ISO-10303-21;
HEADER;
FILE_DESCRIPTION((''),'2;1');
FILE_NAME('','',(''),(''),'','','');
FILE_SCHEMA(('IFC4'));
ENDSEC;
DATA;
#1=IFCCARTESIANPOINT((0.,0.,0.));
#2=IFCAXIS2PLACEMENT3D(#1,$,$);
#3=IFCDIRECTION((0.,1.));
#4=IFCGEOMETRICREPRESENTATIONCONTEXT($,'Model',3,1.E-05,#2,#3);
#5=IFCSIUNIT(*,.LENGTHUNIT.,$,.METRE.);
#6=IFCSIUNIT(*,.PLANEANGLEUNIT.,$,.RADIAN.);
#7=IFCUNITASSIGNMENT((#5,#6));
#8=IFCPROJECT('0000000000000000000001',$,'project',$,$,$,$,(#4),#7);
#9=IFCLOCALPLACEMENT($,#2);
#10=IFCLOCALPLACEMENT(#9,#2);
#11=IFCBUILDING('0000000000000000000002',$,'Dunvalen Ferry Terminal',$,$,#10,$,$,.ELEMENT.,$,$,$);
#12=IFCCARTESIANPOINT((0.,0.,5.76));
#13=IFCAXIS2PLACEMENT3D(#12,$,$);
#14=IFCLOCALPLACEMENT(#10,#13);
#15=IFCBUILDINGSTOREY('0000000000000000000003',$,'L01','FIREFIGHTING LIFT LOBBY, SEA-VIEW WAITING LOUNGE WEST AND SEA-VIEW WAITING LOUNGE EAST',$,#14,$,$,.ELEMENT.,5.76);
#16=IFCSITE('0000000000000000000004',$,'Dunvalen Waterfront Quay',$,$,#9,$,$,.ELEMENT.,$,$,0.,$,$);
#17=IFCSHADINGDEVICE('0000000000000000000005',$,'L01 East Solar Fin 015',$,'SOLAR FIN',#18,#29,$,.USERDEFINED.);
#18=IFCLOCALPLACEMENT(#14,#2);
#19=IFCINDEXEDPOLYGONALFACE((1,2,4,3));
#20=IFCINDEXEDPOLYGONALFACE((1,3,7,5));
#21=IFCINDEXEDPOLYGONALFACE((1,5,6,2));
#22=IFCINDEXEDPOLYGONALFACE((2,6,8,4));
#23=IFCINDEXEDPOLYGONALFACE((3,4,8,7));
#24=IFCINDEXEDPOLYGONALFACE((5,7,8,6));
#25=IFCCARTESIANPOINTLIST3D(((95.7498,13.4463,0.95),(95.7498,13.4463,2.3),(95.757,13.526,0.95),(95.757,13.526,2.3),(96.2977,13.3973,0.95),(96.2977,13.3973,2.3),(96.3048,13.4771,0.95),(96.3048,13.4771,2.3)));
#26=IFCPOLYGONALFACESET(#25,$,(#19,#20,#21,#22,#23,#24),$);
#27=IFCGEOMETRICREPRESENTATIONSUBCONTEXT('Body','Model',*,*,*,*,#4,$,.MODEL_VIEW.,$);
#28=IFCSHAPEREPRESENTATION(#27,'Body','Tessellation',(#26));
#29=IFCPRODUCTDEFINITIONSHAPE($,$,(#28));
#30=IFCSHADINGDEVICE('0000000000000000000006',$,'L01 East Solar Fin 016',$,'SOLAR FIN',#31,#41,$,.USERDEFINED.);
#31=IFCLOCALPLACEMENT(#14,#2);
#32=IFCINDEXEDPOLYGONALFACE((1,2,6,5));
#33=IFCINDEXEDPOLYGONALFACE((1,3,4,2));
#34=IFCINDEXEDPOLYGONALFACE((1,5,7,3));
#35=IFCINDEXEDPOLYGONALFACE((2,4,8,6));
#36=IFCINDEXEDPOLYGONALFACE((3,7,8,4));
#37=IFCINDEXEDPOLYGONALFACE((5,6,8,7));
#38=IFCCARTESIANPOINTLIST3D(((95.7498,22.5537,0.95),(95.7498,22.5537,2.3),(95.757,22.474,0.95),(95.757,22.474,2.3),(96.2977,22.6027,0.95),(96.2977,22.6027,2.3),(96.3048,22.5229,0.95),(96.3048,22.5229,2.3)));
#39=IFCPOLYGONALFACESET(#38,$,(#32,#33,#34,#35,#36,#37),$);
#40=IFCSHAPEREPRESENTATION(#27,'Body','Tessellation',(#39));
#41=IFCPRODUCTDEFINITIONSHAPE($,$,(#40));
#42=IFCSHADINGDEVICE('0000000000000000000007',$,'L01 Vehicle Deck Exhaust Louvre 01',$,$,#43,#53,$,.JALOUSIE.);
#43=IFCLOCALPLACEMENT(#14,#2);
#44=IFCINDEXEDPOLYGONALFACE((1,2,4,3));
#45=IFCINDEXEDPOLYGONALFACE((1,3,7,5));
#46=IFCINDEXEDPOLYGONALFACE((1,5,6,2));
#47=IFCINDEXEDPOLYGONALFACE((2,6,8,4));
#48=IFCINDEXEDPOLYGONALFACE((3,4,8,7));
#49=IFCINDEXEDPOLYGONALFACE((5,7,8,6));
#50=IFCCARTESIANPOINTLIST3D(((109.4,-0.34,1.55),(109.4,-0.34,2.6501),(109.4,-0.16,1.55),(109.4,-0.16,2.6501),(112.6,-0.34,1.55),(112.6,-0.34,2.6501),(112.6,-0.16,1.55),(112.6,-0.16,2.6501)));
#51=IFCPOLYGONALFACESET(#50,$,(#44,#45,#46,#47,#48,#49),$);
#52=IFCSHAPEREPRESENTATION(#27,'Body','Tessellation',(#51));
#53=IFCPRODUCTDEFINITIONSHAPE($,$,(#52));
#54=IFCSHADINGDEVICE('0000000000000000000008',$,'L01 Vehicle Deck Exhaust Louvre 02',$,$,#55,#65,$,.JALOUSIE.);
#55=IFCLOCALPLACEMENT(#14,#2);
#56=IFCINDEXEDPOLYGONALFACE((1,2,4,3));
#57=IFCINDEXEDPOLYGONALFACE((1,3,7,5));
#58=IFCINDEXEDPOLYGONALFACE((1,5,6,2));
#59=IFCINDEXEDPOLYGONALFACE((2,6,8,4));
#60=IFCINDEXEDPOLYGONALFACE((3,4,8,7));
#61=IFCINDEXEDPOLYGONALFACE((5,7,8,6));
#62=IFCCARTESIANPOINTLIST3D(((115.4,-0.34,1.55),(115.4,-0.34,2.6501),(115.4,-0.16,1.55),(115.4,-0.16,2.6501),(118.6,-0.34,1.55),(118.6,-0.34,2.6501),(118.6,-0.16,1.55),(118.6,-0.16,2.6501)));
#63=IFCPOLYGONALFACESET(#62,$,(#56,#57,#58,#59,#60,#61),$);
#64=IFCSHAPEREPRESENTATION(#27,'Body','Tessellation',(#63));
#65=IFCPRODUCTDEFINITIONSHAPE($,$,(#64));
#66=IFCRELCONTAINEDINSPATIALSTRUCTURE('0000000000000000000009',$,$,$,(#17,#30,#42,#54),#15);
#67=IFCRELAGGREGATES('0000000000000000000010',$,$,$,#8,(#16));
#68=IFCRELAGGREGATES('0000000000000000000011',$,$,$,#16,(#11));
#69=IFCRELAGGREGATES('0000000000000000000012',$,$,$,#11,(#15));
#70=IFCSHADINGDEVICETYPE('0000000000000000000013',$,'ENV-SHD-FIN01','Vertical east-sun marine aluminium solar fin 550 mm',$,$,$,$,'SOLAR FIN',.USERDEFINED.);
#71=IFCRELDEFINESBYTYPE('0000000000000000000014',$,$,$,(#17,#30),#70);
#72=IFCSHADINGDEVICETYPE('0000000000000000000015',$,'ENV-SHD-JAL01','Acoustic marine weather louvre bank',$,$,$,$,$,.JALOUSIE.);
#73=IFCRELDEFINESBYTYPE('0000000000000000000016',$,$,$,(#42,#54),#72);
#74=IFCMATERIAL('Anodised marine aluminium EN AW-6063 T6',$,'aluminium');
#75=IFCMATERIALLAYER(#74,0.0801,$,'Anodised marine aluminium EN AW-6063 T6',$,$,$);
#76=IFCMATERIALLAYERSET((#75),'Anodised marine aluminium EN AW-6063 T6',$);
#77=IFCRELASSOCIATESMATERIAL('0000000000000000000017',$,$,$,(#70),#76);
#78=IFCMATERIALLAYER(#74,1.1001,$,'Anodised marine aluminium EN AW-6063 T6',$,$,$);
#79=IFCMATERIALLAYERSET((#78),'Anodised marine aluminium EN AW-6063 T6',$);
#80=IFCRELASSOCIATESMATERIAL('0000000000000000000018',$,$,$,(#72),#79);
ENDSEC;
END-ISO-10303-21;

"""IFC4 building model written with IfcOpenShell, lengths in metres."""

from ifc_helpers import new_model, si_unit, direction, frame, origin, origin_2d, place, context, subcontext, project, spatial, rectangle, extrude, material, layer, layer_set, type_object, element, save


model = new_model("IFC4")

# Units and contexts
model_context = context("Model", 3, precision=1e-05, world=origin(), true_north=direction((0.0, 1.0)))
body_context = subcontext(model_context, "Body", "Model", "MODEL_VIEW")
ifc_project = project(units=[si_unit("LENGTHUNIT", "METRE"), si_unit("PLANEANGLEUNIT", "RADIAN")], contexts=[model_context])

# Site, building, storey
site_placement = place(None, origin())
site = spatial("IfcSite", under=ifc_project, at=site_placement, Name="Dunvalen Waterfront Quay", CompositionType="ELEMENT", RefElevation=0.0)
building_placement = place(site_placement, origin())
building = spatial("IfcBuilding", under=site, at=building_placement, Name="Dunvalen Ferry Terminal", CompositionType="ELEMENT")
storey_placement = place(building_placement, frame((0.0, 0.0, 5.76)))
storey = spatial("IfcBuildingStorey", under=building, at=storey_placement, Name="L01", Description="FIREFIGHTING LIFT LOBBY, SEA-VIEW WAITING LOUNGE WEST AND SEA-VIEW WAITING LOUNGE EAST", CompositionType="ELEMENT", Elevation=5.76)

# Shading devices
ifc_material_1 = material(Name="Anodised marine aluminium EN AW-6063 T6", Category="aluminium")
ifc_layer_1 = layer(ifc_material_1, 0.0801, Name="Anodised marine aluminium EN AW-6063 T6")
ifc_layer_set_1 = layer_set([ifc_layer_1], Name="Anodised marine aluminium EN AW-6063 T6")
shading_device_type_1 = type_object("IfcShadingDeviceType", Name="ENV-SHD-FIN01", Description="Vertical east-sun marine aluminium solar fin 550 mm", ElementType="SOLAR FIN", PredefinedType="USERDEFINED", material=ifc_layer_set_1)
for number, where, z_axis, x_axis, name in (
    (1, (96.0273, 13.4617, 0.95), (0.0, 0.0, 1.0), (0.088957, 0.996035, 0.0), "L01 East Solar Fin 015"),
    (2, (96.0273, 22.5383, 0.95), (0.0, 0.0, 1.0), (-0.088957, 0.996035, 0.0), "L01 East Solar Fin 016"),
):
    element("IfcShadingDevice", number, at=place(storey_placement, frame(where, z_axis=z_axis, x_axis=x_axis)), inside=storey, type_object=shading_device_type_1, Name=name, ObjectType="SOLAR FIN", PredefinedType="USERDEFINED", context=body_context, shape_type="SweptSolid", body=[
        extrude(rectangle(XDim=0.0801, YDim=0.55, at=origin_2d()), origin(), (0.0, 0.0, 1.0), 1.3501),
    ])
ifc_layer_2 = layer(ifc_material_1, 1.1001, Name="Anodised marine aluminium EN AW-6063 T6")
ifc_layer_set_2 = layer_set([ifc_layer_2], Name="Anodised marine aluminium EN AW-6063 T6")
shading_device_type_2 = type_object("IfcShadingDeviceType", Name="ENV-SHD-JAL01", Description="Acoustic marine weather louvre bank", PredefinedType="JALOUSIE", material=ifc_layer_set_2)
for number, where, z_axis, x_axis, name in (
    (3, (111.0, -0.25, 1.55), (0.0, 0.0, 1.0), (1.0, 0.0, 0.0), "L01 Vehicle Deck Exhaust Louvre 01"),
    (4, (117.0, -0.25, 1.55), (0.0, 0.0, 1.0), (1.0, 0.0, 0.0), "L01 Vehicle Deck Exhaust Louvre 02"),
):
    element("IfcShadingDevice", number, at=place(storey_placement, frame(where, z_axis=z_axis, x_axis=x_axis)), inside=storey, type_object=shading_device_type_2, Name=name, PredefinedType="JALOUSIE", context=body_context, shape_type="SweptSolid", body=[
        extrude(rectangle(XDim=3.2, YDim=0.1799, at=origin_2d()), origin(), (0.0, 0.0, 1.0), 1.1001),
    ])

save(model, "model.ifc")
